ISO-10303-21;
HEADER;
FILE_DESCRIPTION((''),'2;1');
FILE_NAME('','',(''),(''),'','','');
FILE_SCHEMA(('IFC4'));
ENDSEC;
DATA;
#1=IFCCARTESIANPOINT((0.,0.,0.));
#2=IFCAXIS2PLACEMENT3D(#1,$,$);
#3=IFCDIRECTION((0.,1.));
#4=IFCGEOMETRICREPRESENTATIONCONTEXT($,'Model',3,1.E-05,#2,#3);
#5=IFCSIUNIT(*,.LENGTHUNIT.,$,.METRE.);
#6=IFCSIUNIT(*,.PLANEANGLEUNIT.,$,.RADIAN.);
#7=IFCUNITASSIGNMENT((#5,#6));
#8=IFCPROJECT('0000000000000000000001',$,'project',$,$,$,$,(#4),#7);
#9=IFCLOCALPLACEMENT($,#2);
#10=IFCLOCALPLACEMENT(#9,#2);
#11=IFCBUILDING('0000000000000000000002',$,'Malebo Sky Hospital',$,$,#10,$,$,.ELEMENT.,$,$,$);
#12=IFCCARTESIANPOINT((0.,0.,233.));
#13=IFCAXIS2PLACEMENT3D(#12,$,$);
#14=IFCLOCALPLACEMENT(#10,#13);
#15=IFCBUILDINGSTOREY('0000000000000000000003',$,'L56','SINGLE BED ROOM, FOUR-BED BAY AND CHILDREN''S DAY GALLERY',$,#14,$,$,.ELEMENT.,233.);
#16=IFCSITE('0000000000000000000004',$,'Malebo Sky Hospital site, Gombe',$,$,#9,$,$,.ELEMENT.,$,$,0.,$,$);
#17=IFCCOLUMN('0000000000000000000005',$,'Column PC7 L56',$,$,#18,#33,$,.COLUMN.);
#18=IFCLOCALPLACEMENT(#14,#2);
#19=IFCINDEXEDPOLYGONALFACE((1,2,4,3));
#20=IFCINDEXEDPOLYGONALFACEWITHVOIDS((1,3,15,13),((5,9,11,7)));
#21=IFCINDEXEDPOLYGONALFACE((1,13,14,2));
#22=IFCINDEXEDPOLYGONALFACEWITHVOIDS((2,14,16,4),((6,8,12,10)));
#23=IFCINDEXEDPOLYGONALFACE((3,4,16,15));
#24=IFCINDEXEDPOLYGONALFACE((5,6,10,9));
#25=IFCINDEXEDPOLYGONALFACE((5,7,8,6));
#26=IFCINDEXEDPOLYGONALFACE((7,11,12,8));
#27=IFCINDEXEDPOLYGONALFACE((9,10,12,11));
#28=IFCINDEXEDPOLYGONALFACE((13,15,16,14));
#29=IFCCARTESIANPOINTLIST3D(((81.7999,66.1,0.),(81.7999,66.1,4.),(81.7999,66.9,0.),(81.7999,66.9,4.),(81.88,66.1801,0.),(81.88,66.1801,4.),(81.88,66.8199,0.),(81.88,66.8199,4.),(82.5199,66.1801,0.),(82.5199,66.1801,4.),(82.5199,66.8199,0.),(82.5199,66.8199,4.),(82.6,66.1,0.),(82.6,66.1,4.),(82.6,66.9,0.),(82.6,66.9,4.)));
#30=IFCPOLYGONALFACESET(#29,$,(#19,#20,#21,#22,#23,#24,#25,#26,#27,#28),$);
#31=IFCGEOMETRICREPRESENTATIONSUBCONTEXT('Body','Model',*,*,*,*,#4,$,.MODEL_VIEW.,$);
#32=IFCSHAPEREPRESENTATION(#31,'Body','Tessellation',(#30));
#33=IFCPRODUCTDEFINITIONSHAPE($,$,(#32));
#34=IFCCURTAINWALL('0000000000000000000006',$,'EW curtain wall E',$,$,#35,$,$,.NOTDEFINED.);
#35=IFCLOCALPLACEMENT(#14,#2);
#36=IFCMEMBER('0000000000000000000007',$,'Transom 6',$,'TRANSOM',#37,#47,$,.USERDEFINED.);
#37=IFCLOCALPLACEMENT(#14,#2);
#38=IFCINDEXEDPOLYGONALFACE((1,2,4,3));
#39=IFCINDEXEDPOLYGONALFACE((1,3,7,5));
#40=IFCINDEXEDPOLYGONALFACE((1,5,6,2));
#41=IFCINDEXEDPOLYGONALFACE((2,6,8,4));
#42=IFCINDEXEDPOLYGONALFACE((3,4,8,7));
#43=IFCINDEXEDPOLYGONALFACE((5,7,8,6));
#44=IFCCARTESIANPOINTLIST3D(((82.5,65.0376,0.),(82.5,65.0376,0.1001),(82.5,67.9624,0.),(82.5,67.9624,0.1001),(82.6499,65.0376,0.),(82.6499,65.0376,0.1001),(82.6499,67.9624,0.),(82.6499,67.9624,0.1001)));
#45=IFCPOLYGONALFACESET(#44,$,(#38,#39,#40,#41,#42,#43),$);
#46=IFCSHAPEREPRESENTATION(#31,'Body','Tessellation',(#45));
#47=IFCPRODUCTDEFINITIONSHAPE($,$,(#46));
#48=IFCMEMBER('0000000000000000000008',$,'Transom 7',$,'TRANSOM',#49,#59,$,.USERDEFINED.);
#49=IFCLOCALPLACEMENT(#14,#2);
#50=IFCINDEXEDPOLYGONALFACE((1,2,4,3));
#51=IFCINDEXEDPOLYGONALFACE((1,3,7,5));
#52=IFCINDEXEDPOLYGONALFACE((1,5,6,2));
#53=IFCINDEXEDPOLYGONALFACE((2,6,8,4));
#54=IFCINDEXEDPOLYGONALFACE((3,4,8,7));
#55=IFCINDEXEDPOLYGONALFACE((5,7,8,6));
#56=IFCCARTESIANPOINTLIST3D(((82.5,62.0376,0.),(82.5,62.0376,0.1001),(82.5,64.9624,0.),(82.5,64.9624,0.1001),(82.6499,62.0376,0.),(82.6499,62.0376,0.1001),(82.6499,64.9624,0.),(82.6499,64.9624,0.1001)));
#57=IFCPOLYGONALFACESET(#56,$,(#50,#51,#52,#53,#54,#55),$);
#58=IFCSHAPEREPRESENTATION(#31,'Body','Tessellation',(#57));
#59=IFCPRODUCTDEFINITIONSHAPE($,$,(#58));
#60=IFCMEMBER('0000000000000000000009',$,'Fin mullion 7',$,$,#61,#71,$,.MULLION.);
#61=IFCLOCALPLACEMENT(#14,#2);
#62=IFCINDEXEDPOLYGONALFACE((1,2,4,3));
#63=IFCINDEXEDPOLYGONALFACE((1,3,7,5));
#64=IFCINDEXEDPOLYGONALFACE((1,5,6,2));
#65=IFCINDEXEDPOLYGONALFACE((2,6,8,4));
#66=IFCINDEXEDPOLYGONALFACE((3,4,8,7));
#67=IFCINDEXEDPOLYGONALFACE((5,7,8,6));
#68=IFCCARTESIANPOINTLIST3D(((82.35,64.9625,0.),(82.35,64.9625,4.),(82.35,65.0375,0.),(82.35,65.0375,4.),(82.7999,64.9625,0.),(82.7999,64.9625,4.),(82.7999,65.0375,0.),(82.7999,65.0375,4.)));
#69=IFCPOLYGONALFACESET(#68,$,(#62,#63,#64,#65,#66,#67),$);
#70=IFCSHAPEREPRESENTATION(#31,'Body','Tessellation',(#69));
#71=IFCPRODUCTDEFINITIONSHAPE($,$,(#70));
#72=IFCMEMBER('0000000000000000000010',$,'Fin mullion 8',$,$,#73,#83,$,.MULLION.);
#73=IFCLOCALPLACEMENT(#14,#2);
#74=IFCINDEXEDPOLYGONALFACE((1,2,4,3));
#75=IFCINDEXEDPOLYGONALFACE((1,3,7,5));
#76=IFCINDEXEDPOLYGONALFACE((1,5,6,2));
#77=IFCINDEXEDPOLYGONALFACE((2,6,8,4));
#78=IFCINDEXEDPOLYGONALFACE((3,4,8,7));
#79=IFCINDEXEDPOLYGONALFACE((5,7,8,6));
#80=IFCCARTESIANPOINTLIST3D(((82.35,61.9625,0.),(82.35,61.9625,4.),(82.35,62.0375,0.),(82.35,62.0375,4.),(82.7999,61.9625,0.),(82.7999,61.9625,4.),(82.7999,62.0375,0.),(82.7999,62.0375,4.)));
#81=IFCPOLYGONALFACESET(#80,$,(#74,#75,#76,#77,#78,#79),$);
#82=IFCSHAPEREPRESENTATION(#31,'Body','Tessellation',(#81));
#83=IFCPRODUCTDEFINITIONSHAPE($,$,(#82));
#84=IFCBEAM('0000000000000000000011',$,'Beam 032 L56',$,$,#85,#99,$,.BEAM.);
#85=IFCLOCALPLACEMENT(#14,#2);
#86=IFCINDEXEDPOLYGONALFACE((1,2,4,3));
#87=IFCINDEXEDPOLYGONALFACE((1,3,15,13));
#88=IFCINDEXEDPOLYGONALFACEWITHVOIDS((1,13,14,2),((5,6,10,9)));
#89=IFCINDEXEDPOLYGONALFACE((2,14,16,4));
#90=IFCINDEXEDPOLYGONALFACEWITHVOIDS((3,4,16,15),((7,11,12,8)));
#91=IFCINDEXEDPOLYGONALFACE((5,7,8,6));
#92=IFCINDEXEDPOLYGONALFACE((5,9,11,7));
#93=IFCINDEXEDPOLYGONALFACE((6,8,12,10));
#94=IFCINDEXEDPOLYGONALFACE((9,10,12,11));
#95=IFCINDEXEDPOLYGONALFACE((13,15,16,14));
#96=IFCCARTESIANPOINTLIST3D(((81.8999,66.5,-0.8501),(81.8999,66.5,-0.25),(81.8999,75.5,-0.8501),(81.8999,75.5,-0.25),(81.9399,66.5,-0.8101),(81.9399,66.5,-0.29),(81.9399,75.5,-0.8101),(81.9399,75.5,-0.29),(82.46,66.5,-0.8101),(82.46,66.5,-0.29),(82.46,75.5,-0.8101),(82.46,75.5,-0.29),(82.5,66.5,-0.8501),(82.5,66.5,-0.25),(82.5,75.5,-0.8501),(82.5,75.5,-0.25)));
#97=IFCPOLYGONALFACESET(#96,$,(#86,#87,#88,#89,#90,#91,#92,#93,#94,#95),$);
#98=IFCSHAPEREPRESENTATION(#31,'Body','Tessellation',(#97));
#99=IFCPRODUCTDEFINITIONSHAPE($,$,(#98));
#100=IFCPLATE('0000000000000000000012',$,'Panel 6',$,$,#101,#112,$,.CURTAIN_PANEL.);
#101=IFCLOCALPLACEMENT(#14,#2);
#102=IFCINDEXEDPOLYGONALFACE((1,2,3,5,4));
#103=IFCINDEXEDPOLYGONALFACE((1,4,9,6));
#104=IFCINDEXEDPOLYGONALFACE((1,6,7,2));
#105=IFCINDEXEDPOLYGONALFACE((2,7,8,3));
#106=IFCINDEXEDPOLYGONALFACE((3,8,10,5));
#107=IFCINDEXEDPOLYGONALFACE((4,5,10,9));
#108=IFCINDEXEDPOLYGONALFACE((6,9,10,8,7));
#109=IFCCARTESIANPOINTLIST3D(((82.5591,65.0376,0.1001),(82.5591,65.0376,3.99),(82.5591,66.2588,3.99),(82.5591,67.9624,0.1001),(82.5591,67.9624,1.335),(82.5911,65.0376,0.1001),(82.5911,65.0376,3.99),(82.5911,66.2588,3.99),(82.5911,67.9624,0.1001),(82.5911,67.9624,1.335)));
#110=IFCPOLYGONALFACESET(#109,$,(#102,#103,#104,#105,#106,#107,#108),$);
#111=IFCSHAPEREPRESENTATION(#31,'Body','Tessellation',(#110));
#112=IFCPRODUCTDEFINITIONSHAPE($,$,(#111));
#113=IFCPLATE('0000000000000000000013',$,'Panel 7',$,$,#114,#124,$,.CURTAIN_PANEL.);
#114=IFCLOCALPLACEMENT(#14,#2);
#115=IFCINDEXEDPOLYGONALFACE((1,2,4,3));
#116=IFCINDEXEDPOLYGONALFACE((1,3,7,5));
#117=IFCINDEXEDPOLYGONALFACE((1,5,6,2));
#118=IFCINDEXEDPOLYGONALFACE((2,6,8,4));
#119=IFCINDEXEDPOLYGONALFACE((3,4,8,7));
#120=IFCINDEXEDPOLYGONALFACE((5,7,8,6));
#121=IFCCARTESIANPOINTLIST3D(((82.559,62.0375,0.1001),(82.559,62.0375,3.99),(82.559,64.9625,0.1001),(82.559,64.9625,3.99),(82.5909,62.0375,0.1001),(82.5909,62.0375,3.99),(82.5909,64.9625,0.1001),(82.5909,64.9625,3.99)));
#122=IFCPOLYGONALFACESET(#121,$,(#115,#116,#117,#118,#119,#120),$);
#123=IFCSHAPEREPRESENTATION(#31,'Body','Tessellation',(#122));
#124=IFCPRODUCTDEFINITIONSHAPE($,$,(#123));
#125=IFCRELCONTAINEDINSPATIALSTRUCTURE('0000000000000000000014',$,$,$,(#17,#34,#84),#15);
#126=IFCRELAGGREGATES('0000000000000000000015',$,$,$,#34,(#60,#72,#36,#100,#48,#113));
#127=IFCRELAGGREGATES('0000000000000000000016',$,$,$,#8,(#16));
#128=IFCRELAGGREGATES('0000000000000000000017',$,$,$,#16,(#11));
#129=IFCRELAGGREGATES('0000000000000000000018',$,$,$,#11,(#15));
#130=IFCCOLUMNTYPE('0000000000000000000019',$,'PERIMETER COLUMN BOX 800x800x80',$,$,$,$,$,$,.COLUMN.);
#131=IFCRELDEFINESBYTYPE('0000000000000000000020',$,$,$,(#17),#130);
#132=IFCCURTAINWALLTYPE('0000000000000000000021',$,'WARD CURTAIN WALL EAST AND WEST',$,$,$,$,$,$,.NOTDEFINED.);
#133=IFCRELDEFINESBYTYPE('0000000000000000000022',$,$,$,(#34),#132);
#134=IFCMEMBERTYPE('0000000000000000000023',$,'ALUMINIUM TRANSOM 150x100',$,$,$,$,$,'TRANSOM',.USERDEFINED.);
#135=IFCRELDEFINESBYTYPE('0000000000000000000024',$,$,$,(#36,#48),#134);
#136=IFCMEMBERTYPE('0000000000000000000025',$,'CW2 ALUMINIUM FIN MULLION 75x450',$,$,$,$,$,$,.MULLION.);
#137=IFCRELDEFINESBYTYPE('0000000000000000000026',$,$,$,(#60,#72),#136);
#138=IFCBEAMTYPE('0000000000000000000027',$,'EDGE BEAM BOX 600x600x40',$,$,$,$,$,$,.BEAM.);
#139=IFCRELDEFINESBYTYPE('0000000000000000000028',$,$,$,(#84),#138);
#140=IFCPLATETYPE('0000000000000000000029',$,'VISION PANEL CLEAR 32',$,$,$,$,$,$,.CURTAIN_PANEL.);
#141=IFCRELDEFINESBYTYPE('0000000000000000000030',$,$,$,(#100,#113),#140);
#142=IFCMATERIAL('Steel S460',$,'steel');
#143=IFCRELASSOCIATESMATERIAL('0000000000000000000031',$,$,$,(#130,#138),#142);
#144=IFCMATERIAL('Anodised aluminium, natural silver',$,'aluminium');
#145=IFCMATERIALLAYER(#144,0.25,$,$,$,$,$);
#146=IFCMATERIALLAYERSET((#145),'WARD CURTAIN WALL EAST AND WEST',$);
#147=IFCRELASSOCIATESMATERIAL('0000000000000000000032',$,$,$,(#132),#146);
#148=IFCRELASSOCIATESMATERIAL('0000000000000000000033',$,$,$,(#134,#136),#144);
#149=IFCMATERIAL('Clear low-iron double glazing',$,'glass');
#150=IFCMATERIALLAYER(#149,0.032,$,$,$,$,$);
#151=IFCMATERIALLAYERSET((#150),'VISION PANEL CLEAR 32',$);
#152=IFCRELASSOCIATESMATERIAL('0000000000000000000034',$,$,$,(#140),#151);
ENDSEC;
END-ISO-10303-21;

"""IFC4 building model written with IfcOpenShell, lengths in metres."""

from ifc_helpers import new_model, si_unit, direction, frame, origin, origin_2d, place, context, subcontext, project, spatial, polyline, rectangle, hollow_rectangle, outline, extrude, material, layer, layer_set, material_profile, profile_set, type_object, element, aggregate, save


model = new_model("IFC4")

# Units and contexts
model_context = context("Model", 3, precision=1e-05, world=origin(), true_north=direction((0.0, 1.0)))
body_context = subcontext(model_context, "Body", "Model", "MODEL_VIEW")
ifc_project = project(units=[si_unit("LENGTHUNIT", "METRE"), si_unit("PLANEANGLEUNIT", "RADIAN")], contexts=[model_context])

# Site, building, storey
site_placement = place(None, origin())
site = spatial("IfcSite", under=ifc_project, at=site_placement, Name="Malebo Sky Hospital site, Gombe", CompositionType="ELEMENT", RefElevation=0.0)
building_placement = place(site_placement, origin())
building = spatial("IfcBuilding", under=site, at=building_placement, Name="Malebo Sky Hospital", CompositionType="ELEMENT")
storey_placement = place(building_placement, frame((0.0, 0.0, 233.0)))
storey = spatial("IfcBuildingStorey", under=building, at=storey_placement, Name="L56", Description="SINGLE BED ROOM, FOUR-BED BAY AND CHILDREN'S DAY GALLERY", CompositionType="ELEMENT", Elevation=233.0)

# Column
ifc_material_1 = material(Name="Steel S460", Category="steel")
ifc_material_profile_1 = material_profile(ifc_material_1, hollow_rectangle(XDim=0.8, YDim=0.8, WallThickness=0.0801, at=origin_2d()), Name="BOX 800x800x80")
ifc_profile_set_1 = profile_set([ifc_material_profile_1], Name="Steel S460")
column_type = type_object("IfcColumnType", Name="PERIMETER COLUMN BOX 800x800x80", PredefinedType="COLUMN", material=ifc_profile_set_1)
column_placement = place(storey_placement, frame((82.2, 66.5, 0.0), z_axis=(0.0, 0.0, 1.0), x_axis=(1.0, 0.0, 0.0)))
element("IfcColumn", 1, at=column_placement, inside=storey, type_object=column_type, Name="Column PC7 L56", PredefinedType="COLUMN", context=body_context, shape_type="SweptSolid", body=[
    extrude(hollow_rectangle(XDim=0.8, YDim=0.8, WallThickness=0.0801, at=origin_2d()), origin(), (0.0, 0.0, 1.0), 4.0),
])

# Curtain wall, members
ifc_material_2 = material(Name="Anodised aluminium, natural silver", Category="aluminium")
ifc_layer_1 = layer(ifc_material_2, 0.25)
ifc_layer_set_1 = layer_set([ifc_layer_1], Name="WARD CURTAIN WALL EAST AND WEST")
curtain_wall_type = type_object("IfcCurtainWallType", Name="WARD CURTAIN WALL EAST AND WEST", PredefinedType="NOTDEFINED", material=ifc_layer_set_1)
curtain_wall_placement = place(storey_placement, origin())
curtain_wall = element("IfcCurtainWall", 2, at=curtain_wall_placement, inside=storey, type_object=curtain_wall_type, Name="EW curtain wall E", PredefinedType="NOTDEFINED")
ifc_material_profile_2 = material_profile(ifc_material_2, rectangle(XDim=0.1499, YDim=0.1001, at=origin_2d()), Name="ALUMINIUM TRANSOM 150x100")
ifc_profile_set_2 = profile_set([ifc_material_profile_2], Name="Anodised aluminium, natural silver")
member_type_1 = type_object("IfcMemberType", Name="ALUMINIUM TRANSOM 150x100", ElementType="TRANSOM", PredefinedType="USERDEFINED", material=ifc_profile_set_2)
member_1_placement = place(storey_placement, frame((82.575, 67.9624, 0.05), z_axis=(0.0, -1.0, 0.0), x_axis=(1.0, 0.0, 0.0)))
member_1 = element("IfcMember", 3, at=member_1_placement, type_object=member_type_1, Name="Transom 6", ObjectType="TRANSOM", PredefinedType="USERDEFINED", context=body_context, shape_type="SweptSolid", body=[
    extrude(rectangle(XDim=0.1499, YDim=0.1001, at=origin_2d()), origin(), (0.0, 0.0, 1.0), 2.9248),
])
member_2_placement = place(storey_placement, frame((82.575, 64.9624, 0.05), z_axis=(0.0, -1.0, 0.0), x_axis=(1.0, 0.0, 0.0)))
member_2 = element("IfcMember", 4, at=member_2_placement, type_object=member_type_1, Name="Transom 7", ObjectType="TRANSOM", PredefinedType="USERDEFINED", context=body_context, shape_type="SweptSolid", body=[
    extrude(rectangle(XDim=0.1499, YDim=0.1001, at=origin_2d()), origin(), (0.0, 0.0, 1.0), 2.9248),
])
ifc_material_profile_3 = material_profile(ifc_material_2, rectangle(XDim=0.075, YDim=0.45, at=origin_2d()), Name="CW2 ALUMINIUM FIN MULLION 75x450")
ifc_profile_set_3 = profile_set([ifc_material_profile_3], Name="Anodised aluminium, natural silver")
member_type_2 = type_object("IfcMemberType", Name="CW2 ALUMINIUM FIN MULLION 75x450", PredefinedType="MULLION", material=ifc_profile_set_3)
member_3_placement = place(storey_placement, frame((82.575, 65.0, 0.0), z_axis=(0.0, 0.0, 1.0), x_axis=(0.0, -1.0, 0.0)))
member_3 = element("IfcMember", 5, at=member_3_placement, type_object=member_type_2, Name="Fin mullion 7", PredefinedType="MULLION", context=body_context, shape_type="SweptSolid", body=[
    extrude(rectangle(XDim=0.075, YDim=0.45, at=origin_2d()), origin(), (0.0, 0.0, 1.0), 4.0),
])
member_4_placement = place(storey_placement, frame((82.575, 62.0, 0.0), z_axis=(0.0, 0.0, 1.0), x_axis=(0.0, -1.0, 0.0)))
member_4 = element("IfcMember", 6, at=member_4_placement, type_object=member_type_2, Name="Fin mullion 8", PredefinedType="MULLION", context=body_context, shape_type="SweptSolid", body=[
    extrude(rectangle(XDim=0.075, YDim=0.45, at=origin_2d()), origin(), (0.0, 0.0, 1.0), 4.0),
])

# Beam
ifc_material_profile_4 = material_profile(ifc_material_1, hollow_rectangle(XDim=0.6001, YDim=0.6001, WallThickness=0.04, at=origin_2d()), Name="BOX 600x600x40")
ifc_profile_set_4 = profile_set([ifc_material_profile_4], Name="Steel S460")
beam_type = type_object("IfcBeamType", Name="EDGE BEAM BOX 600x600x40", PredefinedType="BEAM", material=ifc_profile_set_4)
beam_placement = place(storey_placement, frame((82.2, 66.5, -0.55), z_axis=(0.0, 1.0, 0.0), x_axis=(-1.0, 0.0, 0.0)))
element("IfcBeam", 7, at=beam_placement, inside=storey, type_object=beam_type, Name="Beam 032 L56", PredefinedType="BEAM", context=body_context, shape_type="SweptSolid", body=[
    extrude(hollow_rectangle(XDim=0.6001, YDim=0.6001, WallThickness=0.04, at=origin_2d()), origin(), (0.0, 0.0, 1.0), 9.0),
])

# Plates
ifc_material_3 = material(Name="Clear low-iron double glazing", Category="glass")
ifc_layer_2 = layer(ifc_material_3, 0.032)
ifc_layer_set_2 = layer_set([ifc_layer_2], Name="VISION PANEL CLEAR 32")
plate_type = type_object("IfcPlateType", Name="VISION PANEL CLEAR 32", PredefinedType="CURTAIN_PANEL", material=ifc_layer_set_2)
plate_1_placement = place(storey_placement, frame((82.575, 66.5, 0.1001), z_axis=(0.0, 0.0, 1.0), x_axis=(0.0, -1.0, 0.0)))
plate_1 = element("IfcPlate", 8, at=plate_1_placement, type_object=plate_type, Name="Panel 6", PredefinedType="CURTAIN_PANEL", context=body_context, shape_type="SweptSolid", body=[
    extrude(outline(polyline([(-1.4624, 0.0), (1.4624, 0.0), (1.4624, 3.8899), (0.2412, 3.8899), (-1.4624, 1.2349), (-1.4624, 0.0)])), frame((0.0, 0.0161, 0.0), z_axis=(0.0, -1.0, 0.0), x_axis=(1.0, 0.0, 0.0)), (0.0, 0.0, 1.0), 0.032),
])
plate_2_placement = place(storey_placement, frame((82.575, 63.5, 0.1001), z_axis=(0.0, 0.0, 1.0), x_axis=(0.0, -1.0, 0.0)))
plate_2 = element("IfcPlate", 9, at=plate_2_placement, type_object=plate_type, Name="Panel 7", PredefinedType="CURTAIN_PANEL", context=body_context, shape_type="SweptSolid", body=[
    extrude(rectangle(XDim=2.925, YDim=0.032, at=origin_2d()), origin(), (0.0, 0.0, 1.0), 3.8899),
])
aggregate(curtain_wall, [member_3, member_4, member_1, plate_1, member_2, plate_2])

save(model, "model.ifc")
